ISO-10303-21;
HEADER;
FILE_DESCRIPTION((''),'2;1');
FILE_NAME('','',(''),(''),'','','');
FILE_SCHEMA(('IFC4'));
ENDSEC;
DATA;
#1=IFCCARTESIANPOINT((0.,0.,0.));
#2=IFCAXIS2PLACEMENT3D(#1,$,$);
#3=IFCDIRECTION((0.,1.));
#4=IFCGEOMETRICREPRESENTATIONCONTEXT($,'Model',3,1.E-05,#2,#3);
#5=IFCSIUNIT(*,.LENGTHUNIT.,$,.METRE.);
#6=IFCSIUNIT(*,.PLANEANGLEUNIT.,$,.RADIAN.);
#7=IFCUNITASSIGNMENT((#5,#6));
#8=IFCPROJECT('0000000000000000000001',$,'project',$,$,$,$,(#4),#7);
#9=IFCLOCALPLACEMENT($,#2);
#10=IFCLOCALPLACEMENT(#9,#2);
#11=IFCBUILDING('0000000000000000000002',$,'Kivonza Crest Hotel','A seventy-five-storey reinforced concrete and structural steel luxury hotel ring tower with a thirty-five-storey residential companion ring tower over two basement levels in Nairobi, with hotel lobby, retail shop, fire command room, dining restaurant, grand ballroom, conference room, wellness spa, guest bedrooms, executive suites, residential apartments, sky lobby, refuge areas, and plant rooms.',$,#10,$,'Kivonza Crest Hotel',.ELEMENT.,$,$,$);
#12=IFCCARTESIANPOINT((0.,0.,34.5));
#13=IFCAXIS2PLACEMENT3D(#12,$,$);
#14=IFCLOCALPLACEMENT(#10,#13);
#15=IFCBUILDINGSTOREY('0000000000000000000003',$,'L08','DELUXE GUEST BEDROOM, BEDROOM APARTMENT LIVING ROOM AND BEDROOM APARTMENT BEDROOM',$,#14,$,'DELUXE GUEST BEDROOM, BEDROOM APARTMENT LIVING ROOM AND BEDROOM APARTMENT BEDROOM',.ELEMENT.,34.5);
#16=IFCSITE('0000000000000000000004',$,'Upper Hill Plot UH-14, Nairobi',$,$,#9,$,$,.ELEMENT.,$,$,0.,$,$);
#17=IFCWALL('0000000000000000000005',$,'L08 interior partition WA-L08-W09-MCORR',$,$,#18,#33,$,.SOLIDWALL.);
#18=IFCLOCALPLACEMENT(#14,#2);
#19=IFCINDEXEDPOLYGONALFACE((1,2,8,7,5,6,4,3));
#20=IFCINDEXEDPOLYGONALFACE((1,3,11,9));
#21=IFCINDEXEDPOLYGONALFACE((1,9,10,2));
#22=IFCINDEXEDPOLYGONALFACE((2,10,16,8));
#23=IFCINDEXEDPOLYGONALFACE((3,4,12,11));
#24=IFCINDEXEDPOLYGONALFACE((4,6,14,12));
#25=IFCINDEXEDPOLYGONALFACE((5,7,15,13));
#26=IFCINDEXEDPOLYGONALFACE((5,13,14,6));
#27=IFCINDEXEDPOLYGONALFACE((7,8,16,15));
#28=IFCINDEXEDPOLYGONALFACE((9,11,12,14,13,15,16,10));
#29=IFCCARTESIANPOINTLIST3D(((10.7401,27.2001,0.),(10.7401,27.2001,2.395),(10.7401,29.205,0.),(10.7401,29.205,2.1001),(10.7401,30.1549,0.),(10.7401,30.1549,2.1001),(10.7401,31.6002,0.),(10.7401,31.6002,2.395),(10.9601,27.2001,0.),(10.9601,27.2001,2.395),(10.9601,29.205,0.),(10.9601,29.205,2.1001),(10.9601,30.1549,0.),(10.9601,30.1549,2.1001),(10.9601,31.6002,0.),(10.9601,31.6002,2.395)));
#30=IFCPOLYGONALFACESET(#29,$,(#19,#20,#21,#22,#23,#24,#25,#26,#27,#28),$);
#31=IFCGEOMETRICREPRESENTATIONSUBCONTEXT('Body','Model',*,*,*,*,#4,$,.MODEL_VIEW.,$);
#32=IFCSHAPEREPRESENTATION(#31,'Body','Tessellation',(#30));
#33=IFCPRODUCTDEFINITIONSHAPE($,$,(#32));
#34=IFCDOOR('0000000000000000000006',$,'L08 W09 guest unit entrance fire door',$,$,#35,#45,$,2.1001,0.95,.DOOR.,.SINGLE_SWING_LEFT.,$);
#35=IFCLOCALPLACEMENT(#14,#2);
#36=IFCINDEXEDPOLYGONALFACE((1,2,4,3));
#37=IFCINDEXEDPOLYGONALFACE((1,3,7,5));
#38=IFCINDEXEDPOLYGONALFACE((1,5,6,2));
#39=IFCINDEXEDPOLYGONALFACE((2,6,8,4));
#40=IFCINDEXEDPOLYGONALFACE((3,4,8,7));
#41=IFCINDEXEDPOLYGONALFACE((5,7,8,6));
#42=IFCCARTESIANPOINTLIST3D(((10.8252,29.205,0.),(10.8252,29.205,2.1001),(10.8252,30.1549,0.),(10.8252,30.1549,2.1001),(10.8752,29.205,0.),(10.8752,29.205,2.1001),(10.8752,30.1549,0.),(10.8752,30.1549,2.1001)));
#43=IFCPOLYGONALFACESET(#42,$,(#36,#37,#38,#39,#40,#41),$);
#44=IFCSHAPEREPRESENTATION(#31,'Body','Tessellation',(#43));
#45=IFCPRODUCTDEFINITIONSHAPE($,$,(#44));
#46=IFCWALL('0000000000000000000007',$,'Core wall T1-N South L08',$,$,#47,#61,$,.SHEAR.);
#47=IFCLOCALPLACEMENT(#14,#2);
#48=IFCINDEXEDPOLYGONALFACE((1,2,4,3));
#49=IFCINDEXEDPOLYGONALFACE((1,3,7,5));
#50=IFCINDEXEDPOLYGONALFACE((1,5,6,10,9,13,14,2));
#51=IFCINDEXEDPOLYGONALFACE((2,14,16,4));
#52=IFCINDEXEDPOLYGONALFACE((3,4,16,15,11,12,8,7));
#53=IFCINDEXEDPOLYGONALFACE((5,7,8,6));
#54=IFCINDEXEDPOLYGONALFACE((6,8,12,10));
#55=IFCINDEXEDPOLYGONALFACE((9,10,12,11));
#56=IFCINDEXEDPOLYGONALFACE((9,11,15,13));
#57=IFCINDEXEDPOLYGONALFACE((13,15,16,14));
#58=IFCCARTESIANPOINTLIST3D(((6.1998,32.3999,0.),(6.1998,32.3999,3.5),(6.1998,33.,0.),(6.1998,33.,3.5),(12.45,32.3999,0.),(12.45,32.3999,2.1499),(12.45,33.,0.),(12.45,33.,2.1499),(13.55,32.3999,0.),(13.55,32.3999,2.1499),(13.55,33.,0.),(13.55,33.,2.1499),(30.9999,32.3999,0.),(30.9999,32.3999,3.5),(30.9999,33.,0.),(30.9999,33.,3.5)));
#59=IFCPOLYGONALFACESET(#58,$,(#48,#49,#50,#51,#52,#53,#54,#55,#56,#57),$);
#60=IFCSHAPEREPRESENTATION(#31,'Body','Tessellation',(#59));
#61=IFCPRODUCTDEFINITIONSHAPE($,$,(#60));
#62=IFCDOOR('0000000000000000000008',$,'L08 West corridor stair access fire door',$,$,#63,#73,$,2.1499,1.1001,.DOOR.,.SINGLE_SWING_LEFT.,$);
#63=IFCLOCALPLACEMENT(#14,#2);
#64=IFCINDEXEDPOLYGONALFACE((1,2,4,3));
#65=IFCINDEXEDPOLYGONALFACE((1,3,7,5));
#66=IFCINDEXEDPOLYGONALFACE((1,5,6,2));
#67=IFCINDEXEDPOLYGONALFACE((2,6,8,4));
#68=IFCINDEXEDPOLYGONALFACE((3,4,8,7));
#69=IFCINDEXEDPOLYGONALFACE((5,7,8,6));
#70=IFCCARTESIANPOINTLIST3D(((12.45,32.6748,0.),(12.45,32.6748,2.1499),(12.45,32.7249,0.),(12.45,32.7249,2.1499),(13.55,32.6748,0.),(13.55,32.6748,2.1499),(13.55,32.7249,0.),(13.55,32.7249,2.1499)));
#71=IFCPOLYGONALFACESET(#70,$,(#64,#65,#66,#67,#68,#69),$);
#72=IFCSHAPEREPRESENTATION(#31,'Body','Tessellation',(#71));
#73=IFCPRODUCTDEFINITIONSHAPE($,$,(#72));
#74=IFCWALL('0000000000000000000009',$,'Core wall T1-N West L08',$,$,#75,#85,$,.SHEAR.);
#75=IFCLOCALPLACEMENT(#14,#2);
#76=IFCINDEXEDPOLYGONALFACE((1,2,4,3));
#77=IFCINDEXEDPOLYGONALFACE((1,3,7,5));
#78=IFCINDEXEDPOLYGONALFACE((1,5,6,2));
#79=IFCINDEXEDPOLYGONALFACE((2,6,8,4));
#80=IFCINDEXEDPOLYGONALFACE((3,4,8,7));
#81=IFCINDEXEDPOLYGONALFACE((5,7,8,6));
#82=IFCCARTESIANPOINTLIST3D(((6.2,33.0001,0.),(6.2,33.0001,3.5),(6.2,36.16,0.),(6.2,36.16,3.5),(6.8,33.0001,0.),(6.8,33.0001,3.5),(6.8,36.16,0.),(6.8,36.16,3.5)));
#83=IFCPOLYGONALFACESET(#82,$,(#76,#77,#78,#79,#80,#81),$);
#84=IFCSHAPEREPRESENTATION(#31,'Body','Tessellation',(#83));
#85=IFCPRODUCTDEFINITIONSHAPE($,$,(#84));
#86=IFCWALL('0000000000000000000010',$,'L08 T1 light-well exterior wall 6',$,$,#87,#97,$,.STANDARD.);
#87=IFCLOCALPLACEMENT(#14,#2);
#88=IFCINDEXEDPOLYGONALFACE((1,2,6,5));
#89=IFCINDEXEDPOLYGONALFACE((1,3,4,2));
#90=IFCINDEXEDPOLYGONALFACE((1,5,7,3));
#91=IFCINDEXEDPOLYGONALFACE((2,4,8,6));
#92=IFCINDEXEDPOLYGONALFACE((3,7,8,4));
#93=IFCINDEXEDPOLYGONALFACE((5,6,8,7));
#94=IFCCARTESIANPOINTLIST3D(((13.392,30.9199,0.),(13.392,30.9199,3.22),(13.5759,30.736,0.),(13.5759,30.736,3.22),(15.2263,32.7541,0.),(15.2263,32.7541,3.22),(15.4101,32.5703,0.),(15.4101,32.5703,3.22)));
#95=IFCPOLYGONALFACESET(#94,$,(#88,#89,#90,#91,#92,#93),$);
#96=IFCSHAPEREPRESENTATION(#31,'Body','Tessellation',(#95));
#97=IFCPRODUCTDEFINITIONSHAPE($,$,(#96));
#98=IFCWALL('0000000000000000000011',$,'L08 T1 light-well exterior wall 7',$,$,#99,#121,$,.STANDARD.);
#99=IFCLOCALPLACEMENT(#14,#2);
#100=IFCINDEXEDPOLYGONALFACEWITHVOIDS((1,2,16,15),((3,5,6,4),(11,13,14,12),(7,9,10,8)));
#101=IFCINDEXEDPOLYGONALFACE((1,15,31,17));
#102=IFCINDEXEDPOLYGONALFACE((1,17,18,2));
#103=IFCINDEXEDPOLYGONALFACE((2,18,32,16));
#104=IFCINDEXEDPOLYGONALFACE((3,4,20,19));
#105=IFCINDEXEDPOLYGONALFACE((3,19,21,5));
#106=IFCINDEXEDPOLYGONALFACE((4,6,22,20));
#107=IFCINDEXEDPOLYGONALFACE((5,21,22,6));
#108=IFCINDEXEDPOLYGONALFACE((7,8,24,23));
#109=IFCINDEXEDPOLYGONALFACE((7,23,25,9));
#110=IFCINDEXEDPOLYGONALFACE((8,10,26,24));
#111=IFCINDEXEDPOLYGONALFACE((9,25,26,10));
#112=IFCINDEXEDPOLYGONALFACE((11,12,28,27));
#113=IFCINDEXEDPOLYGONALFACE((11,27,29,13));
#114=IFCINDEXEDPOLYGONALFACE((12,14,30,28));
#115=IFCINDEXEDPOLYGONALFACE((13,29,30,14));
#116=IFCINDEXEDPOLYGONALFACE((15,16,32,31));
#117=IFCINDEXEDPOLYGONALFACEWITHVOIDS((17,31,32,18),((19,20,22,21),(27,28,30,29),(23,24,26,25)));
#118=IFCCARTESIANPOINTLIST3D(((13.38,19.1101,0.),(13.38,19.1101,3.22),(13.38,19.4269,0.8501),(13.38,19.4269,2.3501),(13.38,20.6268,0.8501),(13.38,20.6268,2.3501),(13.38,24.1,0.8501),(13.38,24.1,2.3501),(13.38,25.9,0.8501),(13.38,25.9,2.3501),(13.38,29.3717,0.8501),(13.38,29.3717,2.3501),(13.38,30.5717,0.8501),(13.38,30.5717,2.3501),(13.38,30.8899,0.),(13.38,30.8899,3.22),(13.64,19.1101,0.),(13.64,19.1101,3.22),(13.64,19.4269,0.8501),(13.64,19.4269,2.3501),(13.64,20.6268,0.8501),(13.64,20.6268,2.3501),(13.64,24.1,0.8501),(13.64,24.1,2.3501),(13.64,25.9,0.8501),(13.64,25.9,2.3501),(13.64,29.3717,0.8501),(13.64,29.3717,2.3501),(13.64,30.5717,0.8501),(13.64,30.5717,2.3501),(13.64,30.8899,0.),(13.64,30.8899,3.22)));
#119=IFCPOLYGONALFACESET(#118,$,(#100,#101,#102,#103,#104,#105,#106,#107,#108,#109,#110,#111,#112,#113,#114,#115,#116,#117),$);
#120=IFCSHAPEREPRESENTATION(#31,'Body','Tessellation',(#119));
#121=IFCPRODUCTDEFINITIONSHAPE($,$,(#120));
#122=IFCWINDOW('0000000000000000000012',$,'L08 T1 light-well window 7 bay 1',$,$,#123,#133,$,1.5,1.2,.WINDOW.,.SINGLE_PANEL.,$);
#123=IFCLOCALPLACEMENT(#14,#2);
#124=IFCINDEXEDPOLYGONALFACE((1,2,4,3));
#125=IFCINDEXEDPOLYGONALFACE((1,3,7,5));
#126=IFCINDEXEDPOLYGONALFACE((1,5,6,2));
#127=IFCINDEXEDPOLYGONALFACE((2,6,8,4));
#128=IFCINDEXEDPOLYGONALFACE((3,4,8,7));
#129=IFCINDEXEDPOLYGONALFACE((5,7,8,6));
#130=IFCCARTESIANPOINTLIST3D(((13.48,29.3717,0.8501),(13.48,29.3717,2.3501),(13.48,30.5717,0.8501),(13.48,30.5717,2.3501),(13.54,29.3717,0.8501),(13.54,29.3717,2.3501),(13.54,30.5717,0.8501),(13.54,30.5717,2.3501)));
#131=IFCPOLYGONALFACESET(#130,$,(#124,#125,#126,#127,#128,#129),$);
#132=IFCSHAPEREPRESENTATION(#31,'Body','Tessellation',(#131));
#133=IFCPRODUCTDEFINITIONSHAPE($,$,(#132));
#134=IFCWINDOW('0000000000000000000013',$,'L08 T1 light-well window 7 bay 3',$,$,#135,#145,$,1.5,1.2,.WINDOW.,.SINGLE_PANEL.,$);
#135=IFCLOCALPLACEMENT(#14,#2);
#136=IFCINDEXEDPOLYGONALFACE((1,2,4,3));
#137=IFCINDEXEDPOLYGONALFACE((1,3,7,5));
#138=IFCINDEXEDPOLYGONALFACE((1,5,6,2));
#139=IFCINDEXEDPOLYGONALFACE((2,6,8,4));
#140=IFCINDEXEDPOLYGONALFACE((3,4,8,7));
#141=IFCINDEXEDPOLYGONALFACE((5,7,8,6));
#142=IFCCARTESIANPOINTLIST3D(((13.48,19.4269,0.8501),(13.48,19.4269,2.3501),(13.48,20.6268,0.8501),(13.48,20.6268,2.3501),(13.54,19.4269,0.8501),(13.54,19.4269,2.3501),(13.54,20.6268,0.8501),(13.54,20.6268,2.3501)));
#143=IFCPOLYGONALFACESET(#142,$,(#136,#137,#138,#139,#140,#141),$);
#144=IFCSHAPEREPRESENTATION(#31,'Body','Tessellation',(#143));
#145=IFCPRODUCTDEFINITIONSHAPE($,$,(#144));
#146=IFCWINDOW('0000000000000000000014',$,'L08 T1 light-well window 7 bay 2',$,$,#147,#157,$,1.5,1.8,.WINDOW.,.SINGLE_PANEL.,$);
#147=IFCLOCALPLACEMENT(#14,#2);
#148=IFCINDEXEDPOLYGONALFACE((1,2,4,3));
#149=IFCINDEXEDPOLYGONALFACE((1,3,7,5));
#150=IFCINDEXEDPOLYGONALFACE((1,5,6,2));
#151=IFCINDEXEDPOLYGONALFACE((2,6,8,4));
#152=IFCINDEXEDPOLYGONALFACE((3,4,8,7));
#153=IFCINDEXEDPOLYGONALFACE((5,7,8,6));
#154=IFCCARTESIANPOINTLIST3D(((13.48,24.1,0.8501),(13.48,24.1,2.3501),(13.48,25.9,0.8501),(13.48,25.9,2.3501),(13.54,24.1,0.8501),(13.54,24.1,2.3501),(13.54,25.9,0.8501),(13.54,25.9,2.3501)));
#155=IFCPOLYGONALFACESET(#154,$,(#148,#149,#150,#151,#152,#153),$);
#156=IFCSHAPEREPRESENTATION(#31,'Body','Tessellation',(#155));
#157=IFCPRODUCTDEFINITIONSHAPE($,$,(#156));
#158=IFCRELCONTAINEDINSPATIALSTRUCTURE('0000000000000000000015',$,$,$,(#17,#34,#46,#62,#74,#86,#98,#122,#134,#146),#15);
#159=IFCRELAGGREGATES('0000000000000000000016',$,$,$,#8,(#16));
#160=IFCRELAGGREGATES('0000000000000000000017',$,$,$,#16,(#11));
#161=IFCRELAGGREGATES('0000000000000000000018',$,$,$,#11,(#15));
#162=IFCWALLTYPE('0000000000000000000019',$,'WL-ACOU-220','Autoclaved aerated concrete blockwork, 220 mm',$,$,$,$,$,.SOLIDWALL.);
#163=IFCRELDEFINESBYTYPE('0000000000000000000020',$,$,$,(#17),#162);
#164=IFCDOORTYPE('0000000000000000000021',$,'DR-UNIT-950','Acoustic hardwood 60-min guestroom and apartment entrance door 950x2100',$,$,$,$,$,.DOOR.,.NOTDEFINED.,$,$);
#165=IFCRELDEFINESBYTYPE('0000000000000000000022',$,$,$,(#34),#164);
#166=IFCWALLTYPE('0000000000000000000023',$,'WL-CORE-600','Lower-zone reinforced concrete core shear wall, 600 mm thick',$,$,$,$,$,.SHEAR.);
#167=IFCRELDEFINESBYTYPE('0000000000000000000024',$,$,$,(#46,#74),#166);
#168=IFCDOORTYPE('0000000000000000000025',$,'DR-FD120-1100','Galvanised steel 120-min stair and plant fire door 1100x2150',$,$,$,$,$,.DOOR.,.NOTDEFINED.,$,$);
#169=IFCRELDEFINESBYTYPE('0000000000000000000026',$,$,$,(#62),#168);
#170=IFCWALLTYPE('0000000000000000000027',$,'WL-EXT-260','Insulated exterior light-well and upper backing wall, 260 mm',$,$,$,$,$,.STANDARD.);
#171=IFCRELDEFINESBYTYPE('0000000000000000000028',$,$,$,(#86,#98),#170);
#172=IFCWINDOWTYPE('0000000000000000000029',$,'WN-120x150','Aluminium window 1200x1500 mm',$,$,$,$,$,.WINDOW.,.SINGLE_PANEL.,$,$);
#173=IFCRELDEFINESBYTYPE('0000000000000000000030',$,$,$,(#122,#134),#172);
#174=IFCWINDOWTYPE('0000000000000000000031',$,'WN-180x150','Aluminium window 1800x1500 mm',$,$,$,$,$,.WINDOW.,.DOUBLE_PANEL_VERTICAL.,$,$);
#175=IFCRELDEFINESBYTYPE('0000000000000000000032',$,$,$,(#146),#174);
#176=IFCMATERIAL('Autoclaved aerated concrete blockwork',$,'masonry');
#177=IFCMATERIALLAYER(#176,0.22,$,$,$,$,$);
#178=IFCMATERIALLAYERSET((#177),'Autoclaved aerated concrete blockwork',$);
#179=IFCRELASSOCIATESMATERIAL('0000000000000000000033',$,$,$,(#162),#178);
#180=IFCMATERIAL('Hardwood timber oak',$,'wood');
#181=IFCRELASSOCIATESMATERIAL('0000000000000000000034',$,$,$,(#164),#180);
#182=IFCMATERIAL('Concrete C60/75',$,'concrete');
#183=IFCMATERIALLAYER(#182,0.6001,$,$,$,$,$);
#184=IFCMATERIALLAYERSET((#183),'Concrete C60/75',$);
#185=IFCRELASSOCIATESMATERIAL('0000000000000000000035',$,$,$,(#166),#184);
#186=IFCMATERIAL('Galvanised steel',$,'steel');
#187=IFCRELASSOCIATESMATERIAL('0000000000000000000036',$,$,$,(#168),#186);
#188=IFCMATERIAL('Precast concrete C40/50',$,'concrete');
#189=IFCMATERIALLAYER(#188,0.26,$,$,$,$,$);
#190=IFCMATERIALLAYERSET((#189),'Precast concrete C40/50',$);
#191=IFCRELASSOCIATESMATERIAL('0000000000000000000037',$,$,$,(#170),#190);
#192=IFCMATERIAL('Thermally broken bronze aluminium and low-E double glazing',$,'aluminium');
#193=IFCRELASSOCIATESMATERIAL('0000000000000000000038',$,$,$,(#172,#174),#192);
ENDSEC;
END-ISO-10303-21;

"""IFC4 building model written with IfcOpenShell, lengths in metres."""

from ifc_helpers import new_model, si_unit, direction, frame, frame_2d, origin, place, context, subcontext, project, spatial, rectangle, extrude, material, layer, layer_set, type_object, element, fill, save


model = new_model("IFC4")

# Units and contexts
model_context = context("Model", 3, precision=1e-05, world=origin(), true_north=direction((0.0, 1.0)))
body_context = subcontext(model_context, "Body", "Model", "MODEL_VIEW")
ifc_project = project(units=[si_unit("LENGTHUNIT", "METRE"), si_unit("PLANEANGLEUNIT", "RADIAN")], contexts=[model_context])

# Site, building, storey
site_placement = place(None, origin())
site = spatial("IfcSite", under=ifc_project, at=site_placement, Name="Upper Hill Plot UH-14, Nairobi", CompositionType="ELEMENT", RefElevation=0.0)
building_placement = place(site_placement, origin())
building = spatial("IfcBuilding", under=site, at=building_placement, Name="Kivonza Crest Hotel", Description="A seventy-five-storey reinforced concrete and structural steel luxury hotel ring tower with a thirty-five-storey residential companion ring tower over two basement levels in Nairobi, with hotel lobby, retail shop, fire command room, dining restaurant, grand ballroom, conference room, wellness spa, guest bedrooms, executive suites, residential apartments, sky lobby, refuge areas, and plant rooms.", LongName="Kivonza Crest Hotel", CompositionType="ELEMENT")
storey_placement = place(building_placement, frame((0.0, 0.0, 34.5)))
storey = spatial("IfcBuildingStorey", under=building, at=storey_placement, Name="L08", Description="DELUXE GUEST BEDROOM, BEDROOM APARTMENT LIVING ROOM AND BEDROOM APARTMENT BEDROOM", LongName="DELUXE GUEST BEDROOM, BEDROOM APARTMENT LIVING ROOM AND BEDROOM APARTMENT BEDROOM", CompositionType="ELEMENT", Elevation=34.5)

# Shared definitions
ifc_material_1 = material(Name="Concrete C60/75", Category="concrete")

# Shared definitions
ifc_material_2 = material(Name="Autoclaved aerated concrete blockwork", Category="masonry")
ifc_layer_1 = layer(ifc_material_2, 0.22)
ifc_layer_set_1 = layer_set([ifc_layer_1], Name="Autoclaved aerated concrete blockwork")
wall_type_1 = type_object("IfcWallType", Name="WL-ACOU-220", Description="Autoclaved aerated concrete blockwork, 220 mm", PredefinedType="SOLIDWALL", material=ifc_layer_set_1)

# Walls, openings, doors
wall_1_placement = place(storey_placement, frame((10.8501, 27.2, 0.0), z_axis=(0.0, 0.0, 1.0), x_axis=(0.0, 1.0, 0.0)))
wall_1 = element("IfcWall", 1, at=wall_1_placement, inside=storey, type_object=wall_type_1, Name="L08 interior partition WA-L08-W09-MCORR", PredefinedType="SOLIDWALL", context=body_context, shape_type="SweptSolid", body=[
    extrude(rectangle(XDim=4.4001, YDim=0.22, at=frame_2d((2.2002, 0.0))), origin(), (0.0, 0.0, 1.0), 2.395),
])
opening_1_placement = place(wall_1_placement, frame((2.0049, 0.0, 0.0)))
opening_1 = element("IfcOpeningElement", 2, at=opening_1_placement, cuts=wall_1, PredefinedType="OPENING", context=body_context, shape_type="SweptSolid", body=[
    extrude(rectangle(XDim=0.95, YDim=2.1001, at=frame_2d((0.4751, 1.05))), frame((0.0, 0.1201, 0.0), z_axis=(0.0, -1.0, 0.0), x_axis=(1.0, 0.0, 0.0)), (0.0, 0.0, 1.0), 0.24),
])
ifc_material_3 = material(Name="Hardwood timber oak", Category="wood")
door_type_1 = type_object("IfcDoorType", Name="DR-UNIT-950", Description="Acoustic hardwood 60-min guestroom and apartment entrance door 950x2100", OperationType="NOTDEFINED", PredefinedType="DOOR", material=ifc_material_3)
door_1_placement = place(opening_1_placement, origin())
door_1 = element("IfcDoor", 3, at=door_1_placement, inside=storey, type_object=door_type_1, Name="L08 W09 guest unit entrance fire door", OperationType="SINGLE_SWING_LEFT", OverallHeight=2.1001, OverallWidth=0.95, PredefinedType="DOOR", context=body_context, shape_type="SweptSolid", body=[
    extrude(rectangle(XDim=0.95, YDim=2.1001, at=frame_2d((0.4751, 1.05))), frame((0.0, 0.0249, 0.0), z_axis=(0.0, -1.0, 0.0), x_axis=(1.0, 0.0, 0.0)), (0.0, 0.0, 1.0), 0.05),
])
fill(opening_1, door_1)
ifc_layer_2 = layer(ifc_material_1, 0.6001)
ifc_layer_set_2 = layer_set([ifc_layer_2], Name="Concrete C60/75")
wall_type_2 = type_object("IfcWallType", Name="WL-CORE-600", Description="Lower-zone reinforced concrete core shear wall, 600 mm thick", PredefinedType="SHEAR", material=ifc_layer_set_2)
wall_2_placement = place(storey_placement, frame((6.2, 32.7, 0.0), z_axis=(0.0, 0.0, 1.0), x_axis=(1.0, 0.0, 0.0)))
wall_2 = element("IfcWall", 4, at=wall_2_placement, inside=storey, type_object=wall_type_2, Name="Core wall T1-N South L08", PredefinedType="SHEAR", context=body_context, shape_type="SweptSolid", body=[
    extrude(rectangle(XDim=24.8, YDim=0.6001, at=frame_2d((12.3999, 0.0))), origin(), (0.0, 0.0, 1.0), 3.5),
])
opening_2_placement = place(wall_2_placement, frame((6.25, 0.0, 0.0)))
opening_2 = element("IfcOpeningElement", 5, at=opening_2_placement, cuts=wall_2, PredefinedType="OPENING", context=body_context, shape_type="SweptSolid", body=[
    extrude(rectangle(XDim=1.1001, YDim=2.1499, at=frame_2d((0.55, 1.075))), frame((0.0, 0.3101, 0.0), z_axis=(0.0, -1.0, 0.0), x_axis=(1.0, 0.0, 0.0)), (0.0, 0.0, 1.0), 0.6201),
])
ifc_material_4 = material(Name="Galvanised steel", Category="steel")
door_type_2 = type_object("IfcDoorType", Name="DR-FD120-1100", Description="Galvanised steel 120-min stair and plant fire door 1100x2150", OperationType="NOTDEFINED", PredefinedType="DOOR", material=ifc_material_4)
door_2_placement = place(opening_2_placement, origin())
door_2 = element("IfcDoor", 6, at=door_2_placement, inside=storey, type_object=door_type_2, Name="L08 West corridor stair access fire door", OperationType="SINGLE_SWING_LEFT", OverallHeight=2.1499, OverallWidth=1.1001, PredefinedType="DOOR", context=body_context, shape_type="SweptSolid", body=[
    extrude(rectangle(XDim=1.1001, YDim=2.1499, at=frame_2d((0.55, 1.075))), frame((0.0, 0.0249, 0.0), z_axis=(0.0, -1.0, 0.0), x_axis=(1.0, 0.0, 0.0)), (0.0, 0.0, 1.0), 0.05),
])
fill(opening_2, door_2)

# Walls
wall_3_placement = place(storey_placement, frame((6.5, 33.0, 0.0), z_axis=(0.0, 0.0, 1.0), x_axis=(0.0, 1.0, 0.0)))
element("IfcWall", 7, at=wall_3_placement, inside=storey, type_object=wall_type_2, Name="Core wall T1-N West L08", PredefinedType="SHEAR", context=body_context, shape_type="SweptSolid", body=[
    extrude(rectangle(XDim=3.1599, YDim=0.6001, at=frame_2d((1.5801, 0.0))), origin(), (0.0, 0.0, 1.0), 3.5),
])
ifc_material_5 = material(Name="Precast concrete C40/50", Category="concrete")
ifc_layer_3 = layer(ifc_material_5, 0.26)
ifc_layer_set_3 = layer_set([ifc_layer_3], Name="Precast concrete C40/50")
wall_type_3 = type_object("IfcWallType", Name="WL-EXT-260", Description="Insulated exterior light-well and upper backing wall, 260 mm", PredefinedType="STANDARD", material=ifc_layer_set_3)
wall_4_placement = place(storey_placement, frame((15.3181, 32.6621, 0.0), z_axis=(0.0, 0.0, 1.0), x_axis=(-0.707107, -0.707107, 0.0)))
element("IfcWall", 8, at=wall_4_placement, inside=storey, type_object=wall_type_3, Name="L08 T1 light-well exterior wall 6", PredefinedType="STANDARD", context=body_context, shape_type="SweptSolid", body=[
    extrude(rectangle(XDim=2.594, YDim=0.26, at=frame_2d((1.2969, 0.0))), origin(), (0.0, 0.0, 1.0), 3.22),
])

# Wall, openings, windows
wall_5_placement = place(storey_placement, frame((13.51, 30.8899, 0.0), z_axis=(0.0, 0.0, 1.0), x_axis=(0.0, -1.0, 0.0)))
wall_5 = element("IfcWall", 9, at=wall_5_placement, inside=storey, type_object=wall_type_3, Name="L08 T1 light-well exterior wall 7", PredefinedType="STANDARD", context=body_context, shape_type="SweptSolid", body=[
    extrude(rectangle(XDim=11.7798, YDim=0.26, at=frame_2d((5.8899, 0.0))), origin(), (0.0, 0.0, 1.0), 3.22),
])
opening_3_placement = place(wall_5_placement, frame((0.3181, 0.0, 0.8501)))
opening_3 = element("IfcOpeningElement", 10, at=opening_3_placement, cuts=wall_5, PredefinedType="OPENING", context=body_context, shape_type="SweptSolid", body=[
    extrude(rectangle(XDim=1.2, YDim=1.5, at=frame_2d((0.6001, 0.75))), frame((0.0, 0.1401, 0.0), z_axis=(0.0, -1.0, 0.0), x_axis=(1.0, 0.0, 0.0)), (0.0, 0.0, 1.0), 0.28),
])
opening_4_placement = place(wall_5_placement, frame((4.99, 0.0, 0.8501)))
opening_4 = element("IfcOpeningElement", 11, at=opening_4_placement, cuts=wall_5, PredefinedType="OPENING", context=body_context, shape_type="SweptSolid", body=[
    extrude(rectangle(XDim=1.8, YDim=1.5, at=frame_2d((0.8999, 0.75))), frame((0.0, 0.1401, 0.0), z_axis=(0.0, -1.0, 0.0), x_axis=(1.0, 0.0, 0.0)), (0.0, 0.0, 1.0), 0.28),
])
opening_5_placement = place(wall_5_placement, frame((10.2629, 0.0, 0.8501)))
opening_5 = element("IfcOpeningElement", 12, at=opening_5_placement, cuts=wall_5, PredefinedType="OPENING", context=body_context, shape_type="SweptSolid", body=[
    extrude(rectangle(XDim=1.2, YDim=1.5, at=frame_2d((0.6001, 0.75))), frame((0.0, 0.1401, 0.0), z_axis=(0.0, -1.0, 0.0), x_axis=(1.0, 0.0, 0.0)), (0.0, 0.0, 1.0), 0.28),
])
ifc_material_6 = material(Name="Thermally broken bronze aluminium and low-E double glazing", Category="aluminium")
window_type_1 = type_object("IfcWindowType", Name="WN-120x150", Description="Aluminium window 1200x1500 mm", PartitioningType="SINGLE_PANEL", PredefinedType="WINDOW", material=ifc_material_6)
window_1_placement = place(opening_3_placement, origin())
window_1 = element("IfcWindow", 13, at=window_1_placement, inside=storey, type_object=window_type_1, Name="L08 T1 light-well window 7 bay 1", OverallHeight=1.5, OverallWidth=1.2, PartitioningType="SINGLE_PANEL", PredefinedType="WINDOW", context=body_context, shape_type="SweptSolid", body=[
    extrude(rectangle(XDim=1.2, YDim=1.5, at=frame_2d((0.6001, 0.75))), frame((0.0, 0.03, 0.0), z_axis=(0.0, -1.0, 0.0), x_axis=(1.0, 0.0, 0.0)), (0.0, 0.0, 1.0), 0.0601),
])
fill(opening_3, window_1)
window_2_placement = place(opening_5_placement, origin())
window_2 = element("IfcWindow", 14, at=window_2_placement, inside=storey, type_object=window_type_1, Name="L08 T1 light-well window 7 bay 3", OverallHeight=1.5, OverallWidth=1.2, PartitioningType="SINGLE_PANEL", PredefinedType="WINDOW", context=body_context, shape_type="SweptSolid", body=[
    extrude(rectangle(XDim=1.2, YDim=1.5, at=frame_2d((0.6001, 0.75))), frame((0.0, 0.03, 0.0), z_axis=(0.0, -1.0, 0.0), x_axis=(1.0, 0.0, 0.0)), (0.0, 0.0, 1.0), 0.0601),
])
fill(opening_5, window_2)
window_type_2 = type_object("IfcWindowType", Name="WN-180x150", Description="Aluminium window 1800x1500 mm", PartitioningType="DOUBLE_PANEL_VERTICAL", PredefinedType="WINDOW", material=ifc_material_6)
window_3_placement = place(opening_4_placement, origin())
window_3 = element("IfcWindow", 15, at=window_3_placement, inside=storey, type_object=window_type_2, Name="L08 T1 light-well window 7 bay 2", OverallHeight=1.5, OverallWidth=1.8, PartitioningType="SINGLE_PANEL", PredefinedType="WINDOW", context=body_context, shape_type="SweptSolid", body=[
    extrude(rectangle(XDim=1.8, YDim=1.5, at=frame_2d((0.8999, 0.75))), frame((0.0, 0.03, 0.0), z_axis=(0.0, -1.0, 0.0), x_axis=(1.0, 0.0, 0.0)), (0.0, 0.0, 1.0), 0.0601),
])
fill(opening_4, window_3)

save(model, "model.ifc")
